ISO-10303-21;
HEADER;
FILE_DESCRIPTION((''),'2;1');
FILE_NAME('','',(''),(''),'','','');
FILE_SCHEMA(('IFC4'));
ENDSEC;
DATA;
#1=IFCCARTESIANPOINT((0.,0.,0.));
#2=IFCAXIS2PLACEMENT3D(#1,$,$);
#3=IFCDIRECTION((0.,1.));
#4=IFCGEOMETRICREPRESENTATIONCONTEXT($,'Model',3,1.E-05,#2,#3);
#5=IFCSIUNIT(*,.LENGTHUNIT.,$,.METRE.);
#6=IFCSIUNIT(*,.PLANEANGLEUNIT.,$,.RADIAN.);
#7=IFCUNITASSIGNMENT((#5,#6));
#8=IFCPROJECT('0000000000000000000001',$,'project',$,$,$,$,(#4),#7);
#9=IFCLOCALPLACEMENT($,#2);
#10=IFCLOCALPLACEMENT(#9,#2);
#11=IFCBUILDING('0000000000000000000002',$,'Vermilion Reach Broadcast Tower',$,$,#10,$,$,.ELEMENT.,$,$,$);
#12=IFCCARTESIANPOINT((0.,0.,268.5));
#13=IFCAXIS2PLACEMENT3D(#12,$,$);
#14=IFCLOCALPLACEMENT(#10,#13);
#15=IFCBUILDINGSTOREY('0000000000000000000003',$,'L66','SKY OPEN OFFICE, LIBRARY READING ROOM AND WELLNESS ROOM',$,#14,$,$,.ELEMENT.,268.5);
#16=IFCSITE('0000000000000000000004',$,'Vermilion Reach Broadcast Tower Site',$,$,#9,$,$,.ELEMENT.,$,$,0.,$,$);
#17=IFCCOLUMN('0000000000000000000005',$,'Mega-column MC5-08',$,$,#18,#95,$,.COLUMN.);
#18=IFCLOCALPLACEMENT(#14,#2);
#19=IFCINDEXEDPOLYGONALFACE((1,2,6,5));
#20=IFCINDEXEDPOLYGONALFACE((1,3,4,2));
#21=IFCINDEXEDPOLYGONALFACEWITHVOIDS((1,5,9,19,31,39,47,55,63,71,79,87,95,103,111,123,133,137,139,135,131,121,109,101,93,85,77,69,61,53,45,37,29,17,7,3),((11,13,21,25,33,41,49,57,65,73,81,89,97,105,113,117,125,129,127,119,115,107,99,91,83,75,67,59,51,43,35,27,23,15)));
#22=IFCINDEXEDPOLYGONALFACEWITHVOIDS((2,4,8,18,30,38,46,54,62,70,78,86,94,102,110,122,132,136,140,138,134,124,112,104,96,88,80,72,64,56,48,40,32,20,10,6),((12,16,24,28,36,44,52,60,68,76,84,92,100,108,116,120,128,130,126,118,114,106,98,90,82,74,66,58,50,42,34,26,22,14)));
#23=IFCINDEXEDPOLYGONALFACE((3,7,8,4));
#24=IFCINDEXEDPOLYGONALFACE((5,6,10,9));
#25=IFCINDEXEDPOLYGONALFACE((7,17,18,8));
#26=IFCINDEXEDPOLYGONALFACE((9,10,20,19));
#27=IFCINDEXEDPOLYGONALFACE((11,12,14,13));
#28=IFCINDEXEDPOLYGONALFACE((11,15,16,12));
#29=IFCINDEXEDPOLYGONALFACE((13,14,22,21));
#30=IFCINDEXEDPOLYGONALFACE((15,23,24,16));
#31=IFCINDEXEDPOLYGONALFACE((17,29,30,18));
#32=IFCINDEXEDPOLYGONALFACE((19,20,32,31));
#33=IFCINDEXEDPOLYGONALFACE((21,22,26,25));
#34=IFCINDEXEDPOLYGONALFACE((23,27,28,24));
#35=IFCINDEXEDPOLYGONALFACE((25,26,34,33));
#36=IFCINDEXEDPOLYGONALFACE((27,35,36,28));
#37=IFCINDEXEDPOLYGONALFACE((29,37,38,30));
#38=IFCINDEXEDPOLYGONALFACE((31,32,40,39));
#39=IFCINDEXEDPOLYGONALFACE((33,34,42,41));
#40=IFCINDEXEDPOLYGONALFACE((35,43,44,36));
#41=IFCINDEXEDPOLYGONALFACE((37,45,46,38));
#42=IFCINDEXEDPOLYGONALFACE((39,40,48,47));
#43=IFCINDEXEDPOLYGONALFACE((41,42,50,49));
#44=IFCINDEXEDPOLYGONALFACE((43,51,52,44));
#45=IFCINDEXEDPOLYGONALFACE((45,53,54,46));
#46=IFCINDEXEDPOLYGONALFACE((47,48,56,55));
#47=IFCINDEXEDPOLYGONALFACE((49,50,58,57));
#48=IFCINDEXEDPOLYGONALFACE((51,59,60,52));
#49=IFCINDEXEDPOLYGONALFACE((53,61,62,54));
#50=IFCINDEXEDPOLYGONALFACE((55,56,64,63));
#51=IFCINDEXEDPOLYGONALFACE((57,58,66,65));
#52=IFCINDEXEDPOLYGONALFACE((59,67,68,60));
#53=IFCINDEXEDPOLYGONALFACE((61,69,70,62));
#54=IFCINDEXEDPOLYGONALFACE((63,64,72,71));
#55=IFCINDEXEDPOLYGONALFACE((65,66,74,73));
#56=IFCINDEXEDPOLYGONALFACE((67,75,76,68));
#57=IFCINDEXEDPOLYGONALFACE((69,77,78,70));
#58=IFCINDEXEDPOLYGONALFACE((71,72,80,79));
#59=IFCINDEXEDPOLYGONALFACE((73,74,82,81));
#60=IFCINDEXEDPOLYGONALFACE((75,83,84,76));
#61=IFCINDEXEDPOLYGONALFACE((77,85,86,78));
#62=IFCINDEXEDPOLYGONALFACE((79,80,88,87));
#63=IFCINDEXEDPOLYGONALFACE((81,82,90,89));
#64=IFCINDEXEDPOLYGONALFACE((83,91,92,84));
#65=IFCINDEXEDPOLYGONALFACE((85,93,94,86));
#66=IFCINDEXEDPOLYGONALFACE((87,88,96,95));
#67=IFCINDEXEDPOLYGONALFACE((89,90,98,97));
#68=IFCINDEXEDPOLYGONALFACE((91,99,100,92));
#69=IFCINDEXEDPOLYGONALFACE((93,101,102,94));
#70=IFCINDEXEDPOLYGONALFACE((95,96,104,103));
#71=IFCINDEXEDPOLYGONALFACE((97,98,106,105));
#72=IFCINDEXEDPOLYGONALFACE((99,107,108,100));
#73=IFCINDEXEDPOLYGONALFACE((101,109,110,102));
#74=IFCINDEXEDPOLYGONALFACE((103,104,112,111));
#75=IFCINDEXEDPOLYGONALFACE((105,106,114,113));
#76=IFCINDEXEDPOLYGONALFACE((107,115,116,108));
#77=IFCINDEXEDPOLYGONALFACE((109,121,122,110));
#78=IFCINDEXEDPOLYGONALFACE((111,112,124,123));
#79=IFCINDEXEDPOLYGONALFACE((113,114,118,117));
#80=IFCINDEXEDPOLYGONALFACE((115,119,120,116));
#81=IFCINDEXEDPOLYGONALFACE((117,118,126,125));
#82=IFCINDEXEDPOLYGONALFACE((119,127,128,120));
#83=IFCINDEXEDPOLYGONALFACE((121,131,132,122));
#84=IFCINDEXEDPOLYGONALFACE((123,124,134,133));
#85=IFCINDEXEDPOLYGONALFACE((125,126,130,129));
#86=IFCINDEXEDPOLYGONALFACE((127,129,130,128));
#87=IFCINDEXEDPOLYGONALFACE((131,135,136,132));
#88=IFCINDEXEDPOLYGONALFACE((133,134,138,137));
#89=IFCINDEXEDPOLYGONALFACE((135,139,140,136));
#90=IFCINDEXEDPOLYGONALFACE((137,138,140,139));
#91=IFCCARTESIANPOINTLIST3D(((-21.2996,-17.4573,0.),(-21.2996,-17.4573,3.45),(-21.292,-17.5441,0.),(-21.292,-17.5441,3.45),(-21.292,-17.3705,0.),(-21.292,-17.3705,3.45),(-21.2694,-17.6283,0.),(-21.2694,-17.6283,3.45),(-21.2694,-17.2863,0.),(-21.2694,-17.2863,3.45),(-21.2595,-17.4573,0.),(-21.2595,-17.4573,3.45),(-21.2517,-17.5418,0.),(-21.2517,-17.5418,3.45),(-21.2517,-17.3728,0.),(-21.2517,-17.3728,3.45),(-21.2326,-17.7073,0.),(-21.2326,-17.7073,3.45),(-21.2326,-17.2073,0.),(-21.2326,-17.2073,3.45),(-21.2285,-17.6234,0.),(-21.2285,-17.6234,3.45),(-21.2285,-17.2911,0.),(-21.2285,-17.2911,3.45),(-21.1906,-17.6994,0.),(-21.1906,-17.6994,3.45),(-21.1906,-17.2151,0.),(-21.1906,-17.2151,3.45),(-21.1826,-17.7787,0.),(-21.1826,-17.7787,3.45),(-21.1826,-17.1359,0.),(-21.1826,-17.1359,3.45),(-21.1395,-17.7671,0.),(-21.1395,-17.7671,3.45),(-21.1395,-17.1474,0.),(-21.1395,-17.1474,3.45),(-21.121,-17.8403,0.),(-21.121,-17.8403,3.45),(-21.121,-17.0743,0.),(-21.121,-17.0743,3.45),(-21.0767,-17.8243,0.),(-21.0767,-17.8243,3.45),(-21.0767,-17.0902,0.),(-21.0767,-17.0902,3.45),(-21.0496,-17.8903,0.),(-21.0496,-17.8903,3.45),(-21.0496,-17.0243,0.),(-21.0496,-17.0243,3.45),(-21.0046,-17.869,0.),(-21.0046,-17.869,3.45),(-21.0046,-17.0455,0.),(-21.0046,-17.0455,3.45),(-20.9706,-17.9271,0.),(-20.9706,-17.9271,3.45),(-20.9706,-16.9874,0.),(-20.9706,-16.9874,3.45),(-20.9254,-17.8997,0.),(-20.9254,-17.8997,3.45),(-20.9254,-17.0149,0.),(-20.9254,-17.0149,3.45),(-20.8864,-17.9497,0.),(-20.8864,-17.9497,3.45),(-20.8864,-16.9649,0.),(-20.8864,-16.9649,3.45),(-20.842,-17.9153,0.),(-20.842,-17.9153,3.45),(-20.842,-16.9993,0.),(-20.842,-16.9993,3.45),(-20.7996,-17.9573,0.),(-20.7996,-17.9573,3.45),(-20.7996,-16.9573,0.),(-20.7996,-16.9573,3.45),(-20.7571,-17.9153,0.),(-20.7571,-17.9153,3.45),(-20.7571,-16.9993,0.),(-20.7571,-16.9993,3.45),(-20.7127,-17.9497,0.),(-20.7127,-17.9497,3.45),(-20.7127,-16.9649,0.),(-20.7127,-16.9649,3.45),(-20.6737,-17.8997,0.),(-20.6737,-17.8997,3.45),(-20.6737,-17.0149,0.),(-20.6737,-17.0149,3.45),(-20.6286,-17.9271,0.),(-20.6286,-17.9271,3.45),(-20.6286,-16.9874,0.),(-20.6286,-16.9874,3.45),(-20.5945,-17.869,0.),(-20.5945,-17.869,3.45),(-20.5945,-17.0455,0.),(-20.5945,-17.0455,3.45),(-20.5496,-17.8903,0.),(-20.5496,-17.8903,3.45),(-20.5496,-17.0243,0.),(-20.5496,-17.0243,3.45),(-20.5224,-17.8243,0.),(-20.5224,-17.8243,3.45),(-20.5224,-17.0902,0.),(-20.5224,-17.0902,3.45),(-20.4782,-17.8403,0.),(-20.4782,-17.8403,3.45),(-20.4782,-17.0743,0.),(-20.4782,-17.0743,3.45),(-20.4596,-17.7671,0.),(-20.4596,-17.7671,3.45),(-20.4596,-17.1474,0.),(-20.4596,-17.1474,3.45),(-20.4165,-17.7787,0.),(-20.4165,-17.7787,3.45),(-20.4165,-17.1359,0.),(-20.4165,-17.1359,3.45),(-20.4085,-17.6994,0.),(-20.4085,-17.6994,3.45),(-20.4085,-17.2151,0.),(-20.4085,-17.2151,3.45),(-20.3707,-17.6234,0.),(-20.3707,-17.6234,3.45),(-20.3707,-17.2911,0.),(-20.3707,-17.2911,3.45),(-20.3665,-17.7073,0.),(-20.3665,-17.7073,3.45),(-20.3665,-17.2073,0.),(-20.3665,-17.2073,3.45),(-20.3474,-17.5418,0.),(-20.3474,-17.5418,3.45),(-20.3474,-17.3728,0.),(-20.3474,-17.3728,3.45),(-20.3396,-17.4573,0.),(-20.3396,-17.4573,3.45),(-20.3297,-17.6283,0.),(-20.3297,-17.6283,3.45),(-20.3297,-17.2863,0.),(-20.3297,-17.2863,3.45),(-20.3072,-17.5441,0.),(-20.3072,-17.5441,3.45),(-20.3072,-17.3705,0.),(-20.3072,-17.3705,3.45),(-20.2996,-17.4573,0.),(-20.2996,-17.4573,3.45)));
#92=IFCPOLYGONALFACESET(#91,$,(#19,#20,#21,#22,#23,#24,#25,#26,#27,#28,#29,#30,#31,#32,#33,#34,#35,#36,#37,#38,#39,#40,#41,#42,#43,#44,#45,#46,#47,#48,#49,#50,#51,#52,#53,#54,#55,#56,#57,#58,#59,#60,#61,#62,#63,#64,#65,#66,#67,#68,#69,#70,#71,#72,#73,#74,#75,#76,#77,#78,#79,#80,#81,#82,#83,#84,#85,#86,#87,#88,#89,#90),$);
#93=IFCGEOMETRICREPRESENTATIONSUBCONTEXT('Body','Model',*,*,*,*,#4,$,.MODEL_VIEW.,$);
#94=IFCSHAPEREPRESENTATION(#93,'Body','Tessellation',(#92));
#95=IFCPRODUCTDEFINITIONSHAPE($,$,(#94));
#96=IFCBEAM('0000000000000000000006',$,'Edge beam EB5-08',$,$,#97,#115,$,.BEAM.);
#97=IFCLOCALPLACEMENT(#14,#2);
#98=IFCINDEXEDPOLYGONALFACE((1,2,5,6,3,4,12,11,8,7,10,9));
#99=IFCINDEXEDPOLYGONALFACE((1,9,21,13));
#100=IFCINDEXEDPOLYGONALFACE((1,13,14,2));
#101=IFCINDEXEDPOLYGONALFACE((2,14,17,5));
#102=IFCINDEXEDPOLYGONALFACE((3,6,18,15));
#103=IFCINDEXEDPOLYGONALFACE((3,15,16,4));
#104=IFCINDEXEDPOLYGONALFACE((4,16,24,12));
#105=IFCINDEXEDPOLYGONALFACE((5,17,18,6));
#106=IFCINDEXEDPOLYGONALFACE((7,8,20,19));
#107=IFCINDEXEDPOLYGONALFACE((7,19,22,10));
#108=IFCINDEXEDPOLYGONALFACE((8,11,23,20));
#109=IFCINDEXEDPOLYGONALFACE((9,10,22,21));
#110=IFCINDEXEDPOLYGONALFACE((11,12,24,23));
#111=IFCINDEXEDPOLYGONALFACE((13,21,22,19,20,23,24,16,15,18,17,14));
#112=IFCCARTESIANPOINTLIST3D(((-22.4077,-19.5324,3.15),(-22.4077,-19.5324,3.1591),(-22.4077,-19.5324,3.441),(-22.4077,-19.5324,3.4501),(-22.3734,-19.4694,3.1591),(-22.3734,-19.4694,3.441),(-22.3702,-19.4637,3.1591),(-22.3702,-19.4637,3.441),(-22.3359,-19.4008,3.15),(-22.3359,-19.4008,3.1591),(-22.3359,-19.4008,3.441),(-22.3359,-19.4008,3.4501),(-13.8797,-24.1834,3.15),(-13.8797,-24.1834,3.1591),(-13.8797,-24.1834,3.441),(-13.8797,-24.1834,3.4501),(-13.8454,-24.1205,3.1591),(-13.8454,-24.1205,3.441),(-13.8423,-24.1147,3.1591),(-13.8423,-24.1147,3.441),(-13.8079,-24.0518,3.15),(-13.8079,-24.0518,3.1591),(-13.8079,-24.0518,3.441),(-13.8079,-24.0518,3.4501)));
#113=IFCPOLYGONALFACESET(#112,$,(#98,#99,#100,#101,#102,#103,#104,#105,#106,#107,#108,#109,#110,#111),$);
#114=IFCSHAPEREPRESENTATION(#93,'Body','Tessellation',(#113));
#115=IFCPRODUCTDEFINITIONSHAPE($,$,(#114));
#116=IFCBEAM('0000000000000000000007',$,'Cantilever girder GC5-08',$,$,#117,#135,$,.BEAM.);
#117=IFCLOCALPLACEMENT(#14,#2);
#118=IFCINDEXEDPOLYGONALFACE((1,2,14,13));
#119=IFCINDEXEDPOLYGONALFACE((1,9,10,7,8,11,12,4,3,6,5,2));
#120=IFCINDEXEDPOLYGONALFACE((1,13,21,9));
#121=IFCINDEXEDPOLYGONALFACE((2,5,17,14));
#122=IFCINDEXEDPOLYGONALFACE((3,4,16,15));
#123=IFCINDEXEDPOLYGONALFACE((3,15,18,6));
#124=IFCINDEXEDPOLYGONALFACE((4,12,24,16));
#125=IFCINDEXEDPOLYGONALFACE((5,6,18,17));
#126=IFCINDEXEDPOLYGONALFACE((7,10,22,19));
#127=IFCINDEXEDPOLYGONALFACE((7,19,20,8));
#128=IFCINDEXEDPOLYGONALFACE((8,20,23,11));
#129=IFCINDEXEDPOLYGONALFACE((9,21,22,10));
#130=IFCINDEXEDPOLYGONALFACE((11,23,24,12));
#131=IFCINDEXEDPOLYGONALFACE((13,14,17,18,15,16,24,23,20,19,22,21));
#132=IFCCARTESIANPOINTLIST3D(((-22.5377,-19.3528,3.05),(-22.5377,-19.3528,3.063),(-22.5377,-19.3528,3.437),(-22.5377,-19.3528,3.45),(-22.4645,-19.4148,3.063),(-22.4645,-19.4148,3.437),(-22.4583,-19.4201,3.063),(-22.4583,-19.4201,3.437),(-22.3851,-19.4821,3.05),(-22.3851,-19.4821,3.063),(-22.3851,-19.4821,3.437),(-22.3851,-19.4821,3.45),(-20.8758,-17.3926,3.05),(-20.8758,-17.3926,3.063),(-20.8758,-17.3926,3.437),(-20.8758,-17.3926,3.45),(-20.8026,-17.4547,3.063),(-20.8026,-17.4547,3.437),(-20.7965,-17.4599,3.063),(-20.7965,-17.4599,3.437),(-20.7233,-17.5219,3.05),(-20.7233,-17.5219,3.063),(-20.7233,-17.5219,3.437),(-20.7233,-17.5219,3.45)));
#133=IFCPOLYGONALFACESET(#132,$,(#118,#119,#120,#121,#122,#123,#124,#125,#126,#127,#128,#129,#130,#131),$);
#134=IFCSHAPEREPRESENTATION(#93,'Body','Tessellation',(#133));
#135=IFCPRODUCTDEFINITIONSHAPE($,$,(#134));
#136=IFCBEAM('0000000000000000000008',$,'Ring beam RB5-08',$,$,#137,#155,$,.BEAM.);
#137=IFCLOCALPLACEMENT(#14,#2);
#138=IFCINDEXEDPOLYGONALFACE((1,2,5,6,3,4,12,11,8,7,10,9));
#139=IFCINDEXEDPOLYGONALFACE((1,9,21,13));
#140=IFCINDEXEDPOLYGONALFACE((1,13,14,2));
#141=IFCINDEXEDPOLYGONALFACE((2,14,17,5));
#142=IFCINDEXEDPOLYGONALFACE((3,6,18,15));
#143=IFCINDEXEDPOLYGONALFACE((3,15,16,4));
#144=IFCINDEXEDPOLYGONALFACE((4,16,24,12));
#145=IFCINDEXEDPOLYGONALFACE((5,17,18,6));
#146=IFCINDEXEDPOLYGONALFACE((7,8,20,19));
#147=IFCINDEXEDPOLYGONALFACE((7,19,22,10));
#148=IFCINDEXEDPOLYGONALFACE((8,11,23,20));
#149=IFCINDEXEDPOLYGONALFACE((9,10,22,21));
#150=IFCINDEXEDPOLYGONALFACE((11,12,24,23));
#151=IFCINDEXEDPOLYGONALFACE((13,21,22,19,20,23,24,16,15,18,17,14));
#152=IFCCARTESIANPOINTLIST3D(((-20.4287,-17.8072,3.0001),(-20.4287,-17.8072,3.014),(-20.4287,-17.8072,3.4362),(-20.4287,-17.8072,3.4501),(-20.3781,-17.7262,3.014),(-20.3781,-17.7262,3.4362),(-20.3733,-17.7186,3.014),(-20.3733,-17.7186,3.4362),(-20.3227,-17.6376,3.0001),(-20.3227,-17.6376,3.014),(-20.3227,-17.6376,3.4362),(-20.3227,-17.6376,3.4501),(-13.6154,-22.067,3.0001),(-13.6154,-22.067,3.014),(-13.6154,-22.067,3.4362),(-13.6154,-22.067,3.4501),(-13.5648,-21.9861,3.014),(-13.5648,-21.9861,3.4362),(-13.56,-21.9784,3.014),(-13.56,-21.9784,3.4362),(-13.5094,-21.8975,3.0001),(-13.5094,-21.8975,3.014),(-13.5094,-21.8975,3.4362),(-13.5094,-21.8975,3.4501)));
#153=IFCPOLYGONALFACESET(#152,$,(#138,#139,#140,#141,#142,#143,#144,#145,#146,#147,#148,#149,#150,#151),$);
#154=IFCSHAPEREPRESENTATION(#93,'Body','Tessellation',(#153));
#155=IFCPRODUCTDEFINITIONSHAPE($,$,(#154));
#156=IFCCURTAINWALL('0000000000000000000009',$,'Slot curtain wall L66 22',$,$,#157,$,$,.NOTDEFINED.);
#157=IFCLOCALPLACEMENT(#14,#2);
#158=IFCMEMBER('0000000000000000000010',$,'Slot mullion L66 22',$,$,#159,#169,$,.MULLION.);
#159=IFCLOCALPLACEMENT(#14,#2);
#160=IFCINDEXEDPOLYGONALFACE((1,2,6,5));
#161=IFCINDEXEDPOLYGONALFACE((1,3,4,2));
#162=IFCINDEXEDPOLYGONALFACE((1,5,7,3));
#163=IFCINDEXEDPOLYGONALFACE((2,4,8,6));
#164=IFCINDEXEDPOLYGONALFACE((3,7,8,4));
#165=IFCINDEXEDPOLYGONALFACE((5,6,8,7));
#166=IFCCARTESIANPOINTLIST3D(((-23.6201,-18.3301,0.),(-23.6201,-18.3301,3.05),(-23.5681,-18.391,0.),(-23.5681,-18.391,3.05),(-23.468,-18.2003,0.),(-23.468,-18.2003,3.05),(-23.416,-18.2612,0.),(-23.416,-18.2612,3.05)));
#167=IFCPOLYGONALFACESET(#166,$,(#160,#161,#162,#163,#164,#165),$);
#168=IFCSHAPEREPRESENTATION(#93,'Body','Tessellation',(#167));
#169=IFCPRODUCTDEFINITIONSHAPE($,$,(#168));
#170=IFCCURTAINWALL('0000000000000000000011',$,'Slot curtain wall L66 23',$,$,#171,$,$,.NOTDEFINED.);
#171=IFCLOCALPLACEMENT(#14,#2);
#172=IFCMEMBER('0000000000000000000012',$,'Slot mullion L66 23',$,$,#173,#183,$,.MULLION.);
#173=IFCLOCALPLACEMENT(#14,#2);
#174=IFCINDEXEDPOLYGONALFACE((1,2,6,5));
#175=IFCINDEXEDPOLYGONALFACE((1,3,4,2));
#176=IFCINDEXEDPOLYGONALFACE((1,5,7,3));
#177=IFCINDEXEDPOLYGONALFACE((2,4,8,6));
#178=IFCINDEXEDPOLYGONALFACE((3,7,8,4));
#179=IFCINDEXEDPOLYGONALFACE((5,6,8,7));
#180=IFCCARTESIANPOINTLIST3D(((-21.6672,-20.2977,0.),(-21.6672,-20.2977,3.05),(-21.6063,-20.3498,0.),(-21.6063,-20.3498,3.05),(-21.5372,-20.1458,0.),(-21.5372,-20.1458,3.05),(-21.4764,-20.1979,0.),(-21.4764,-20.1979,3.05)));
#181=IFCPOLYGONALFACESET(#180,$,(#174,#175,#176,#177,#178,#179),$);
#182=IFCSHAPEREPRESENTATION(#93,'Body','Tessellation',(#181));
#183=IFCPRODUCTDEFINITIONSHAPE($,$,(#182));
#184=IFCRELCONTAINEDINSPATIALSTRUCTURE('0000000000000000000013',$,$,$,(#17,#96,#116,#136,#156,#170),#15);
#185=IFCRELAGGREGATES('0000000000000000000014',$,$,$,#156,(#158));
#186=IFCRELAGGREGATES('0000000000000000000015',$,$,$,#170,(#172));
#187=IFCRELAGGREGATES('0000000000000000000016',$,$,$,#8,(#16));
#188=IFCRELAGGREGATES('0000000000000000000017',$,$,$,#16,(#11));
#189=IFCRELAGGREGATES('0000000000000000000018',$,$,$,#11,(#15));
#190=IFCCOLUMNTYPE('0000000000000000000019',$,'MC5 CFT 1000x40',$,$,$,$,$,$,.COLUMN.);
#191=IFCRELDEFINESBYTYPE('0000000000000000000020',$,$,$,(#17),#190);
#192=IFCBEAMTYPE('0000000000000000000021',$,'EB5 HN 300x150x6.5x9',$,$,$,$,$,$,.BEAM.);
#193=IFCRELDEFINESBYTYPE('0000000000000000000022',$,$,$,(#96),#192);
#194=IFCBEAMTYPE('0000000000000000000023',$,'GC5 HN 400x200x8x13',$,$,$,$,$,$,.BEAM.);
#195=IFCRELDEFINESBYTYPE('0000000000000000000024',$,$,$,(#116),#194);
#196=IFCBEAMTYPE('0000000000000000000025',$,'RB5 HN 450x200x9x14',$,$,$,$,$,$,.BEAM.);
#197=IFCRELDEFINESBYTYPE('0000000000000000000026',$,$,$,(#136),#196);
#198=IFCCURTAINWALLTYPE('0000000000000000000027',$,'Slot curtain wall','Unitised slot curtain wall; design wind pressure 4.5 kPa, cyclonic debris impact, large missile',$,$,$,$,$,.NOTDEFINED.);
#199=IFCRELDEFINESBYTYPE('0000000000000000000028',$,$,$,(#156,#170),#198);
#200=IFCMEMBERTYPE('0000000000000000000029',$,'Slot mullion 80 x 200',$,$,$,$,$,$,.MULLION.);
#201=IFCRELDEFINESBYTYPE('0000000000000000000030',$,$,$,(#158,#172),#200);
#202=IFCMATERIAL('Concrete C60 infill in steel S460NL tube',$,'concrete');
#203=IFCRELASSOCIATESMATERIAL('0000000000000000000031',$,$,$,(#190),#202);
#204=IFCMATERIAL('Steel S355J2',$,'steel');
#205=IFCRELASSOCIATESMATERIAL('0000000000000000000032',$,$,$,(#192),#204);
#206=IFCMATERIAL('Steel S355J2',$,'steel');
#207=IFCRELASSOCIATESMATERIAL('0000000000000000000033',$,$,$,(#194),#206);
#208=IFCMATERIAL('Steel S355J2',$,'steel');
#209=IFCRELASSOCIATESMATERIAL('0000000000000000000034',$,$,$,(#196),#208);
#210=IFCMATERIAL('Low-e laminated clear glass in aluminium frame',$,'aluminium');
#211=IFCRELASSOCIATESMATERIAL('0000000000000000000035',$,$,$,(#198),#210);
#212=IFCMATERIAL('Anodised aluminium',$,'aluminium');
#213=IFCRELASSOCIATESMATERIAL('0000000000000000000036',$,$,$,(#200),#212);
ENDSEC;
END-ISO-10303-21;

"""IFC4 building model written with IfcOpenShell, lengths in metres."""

from ifc_helpers import new_model, si_unit, direction, frame, origin, origin_2d, place, context, subcontext, project, spatial, rectangle, hollow_circle, i_section, extrude, material, material_profile, profile_set, type_object, element, aggregate, save


model = new_model("IFC4")

# Units and contexts
model_context = context("Model", 3, precision=1e-05, world=origin(), true_north=direction((0.0, 1.0)))
body_context = subcontext(model_context, "Body", "Model", "MODEL_VIEW")
ifc_project = project(units=[si_unit("LENGTHUNIT", "METRE"), si_unit("PLANEANGLEUNIT", "RADIAN")], contexts=[model_context])

# Site, building, storey
site_placement = place(None, origin())
site = spatial("IfcSite", under=ifc_project, at=site_placement, Name="Vermilion Reach Broadcast Tower Site", CompositionType="ELEMENT", RefElevation=0.0)
building_placement = place(site_placement, origin())
building = spatial("IfcBuilding", under=site, at=building_placement, Name="Vermilion Reach Broadcast Tower", CompositionType="ELEMENT")
storey_placement = place(building_placement, frame((0.0, 0.0, 268.5)))
storey = spatial("IfcBuildingStorey", under=building, at=storey_placement, Name="L66", Description="SKY OPEN OFFICE, LIBRARY READING ROOM AND WELLNESS ROOM", CompositionType="ELEMENT", Elevation=268.5)

# Column
ifc_material_1 = material(Name="Concrete C60 infill in steel S460NL tube", Category="concrete")
ifc_material_profile_1 = material_profile(ifc_material_1, hollow_circle(Radius=0.5, WallThickness=0.04, at=origin_2d()), Name="Concrete C60 infill in steel S460NL tube CFT 1000x40")
ifc_profile_set_1 = profile_set([ifc_material_profile_1], Name="Concrete C60 infill in steel S460NL tube")
column_type = type_object("IfcColumnType", Name="MC5 CFT 1000x40", PredefinedType="COLUMN", material=ifc_profile_set_1)
column_placement = place(storey_placement, frame((-20.7996, -17.4573, 0.0), z_axis=(0.0, 0.0, 1.0), x_axis=(1.0, 0.0, 0.0)))
element("IfcColumn", 1, at=column_placement, inside=storey, type_object=column_type, Name="Mega-column MC5-08", PredefinedType="COLUMN", context=body_context, shape_type="SweptSolid", body=[
    extrude(hollow_circle(Radius=0.5, WallThickness=0.04, at=origin_2d()), origin(), (0.0, 0.0, 1.0), 3.45),
])

# Beams
ifc_material_2 = material(Name="Steel S355J2", Category="steel")
ifc_material_profile_2 = material_profile(ifc_material_2, i_section(OverallWidth=0.1499, OverallDepth=0.3, WebThickness=0.0066, FlangeThickness=0.009, at=origin_2d()), Name="S355J2 HN 300x150x6.5x9")
ifc_profile_set_2 = profile_set([ifc_material_profile_2], Name="Steel S355J2")
beam_type_1 = type_object("IfcBeamType", Name="EB5 HN 300x150x6.5x9", PredefinedType="BEAM", material=ifc_profile_set_2)
beam_1_placement = place(storey_placement, frame((-22.3718, -19.4666, 3.3), z_axis=(0.87792, -0.478808, 0.0), x_axis=(0.478808, 0.87792, 0.0)))
element("IfcBeam", 2, at=beam_1_placement, inside=storey, type_object=beam_type_1, Name="Edge beam EB5-08", PredefinedType="BEAM", context=body_context, shape_type="SweptSolid", body=[
    extrude(i_section(OverallWidth=0.1499, OverallDepth=0.3, WebThickness=0.0066, FlangeThickness=0.009, at=origin_2d()), origin(), (0.0, 0.0, 1.0), 9.7139),
])
ifc_material_3 = material(Name="Steel S355J2", Category="steel")
ifc_material_profile_3 = material_profile(ifc_material_3, i_section(OverallWidth=0.2, OverallDepth=0.3999, WebThickness=0.0081, FlangeThickness=0.0129, at=origin_2d()), Name="S355J2 HN 400x200x8x13")
ifc_profile_set_3 = profile_set([ifc_material_profile_3], Name="Steel S355J2")
beam_type_2 = type_object("IfcBeamType", Name="GC5 HN 400x200x8x13", PredefinedType="BEAM", material=ifc_profile_set_3)
beam_2_placement = place(storey_placement, frame((-20.7996, -17.4573, 3.25), z_axis=(-0.646674, -0.762766, 0.0), x_axis=(0.762766, -0.646674, 0.0)))
element("IfcBeam", 3, at=beam_2_placement, inside=storey, type_object=beam_type_2, Name="Cantilever girder GC5-08", PredefinedType="BEAM", context=body_context, shape_type="SweptSolid", body=[
    extrude(i_section(OverallWidth=0.2, OverallDepth=0.3999, WebThickness=0.0081, FlangeThickness=0.0129, at=origin_2d()), origin(), (0.0, 0.0, 1.0), 2.5698),
])
ifc_material_4 = material(Name="Steel S355J2", Category="steel")
ifc_material_profile_4 = material_profile(ifc_material_4, i_section(OverallWidth=0.2, OverallDepth=0.45, WebThickness=0.009, FlangeThickness=0.0139, at=origin_2d()), Name="S355J2 HN 450x200x9x14")
ifc_profile_set_4 = profile_set([ifc_material_profile_4], Name="Steel S355J2")
beam_type_3 = type_object("IfcBeamType", Name="RB5 HN 450x200x9x14", PredefinedType="BEAM", material=ifc_profile_set_4)
beam_3_placement = place(storey_placement, frame((-20.3757, -17.7224, 3.2251), z_axis=(0.847915, -0.530133, 0.0), x_axis=(0.530133, 0.847915, 0.0)))
element("IfcBeam", 4, at=beam_3_placement, inside=storey, type_object=beam_type_3, Name="Ring beam RB5-08", PredefinedType="BEAM", context=body_context, shape_type="SweptSolid", body=[
    extrude(i_section(OverallWidth=0.2, OverallDepth=0.45, WebThickness=0.009, FlangeThickness=0.0139, at=origin_2d()), origin(), (0.0, 0.0, 1.0), 8.0354),
])

# Curtain walls, members
ifc_material_5 = material(Name="Low-e laminated clear glass in aluminium frame", Category="aluminium")
curtain_wall_type = type_object("IfcCurtainWallType", Name="Slot curtain wall", Description="Unitised slot curtain wall; design wind pressure 4.5 kPa, cyclonic debris impact, large missile", PredefinedType="NOTDEFINED", material=ifc_material_5)
placement = place(storey_placement, origin())
curtain_wall_1 = element("IfcCurtainWall", 5, at=placement, inside=storey, type_object=curtain_wall_type, Name="Slot curtain wall L66 22", PredefinedType="NOTDEFINED")
ifc_material_6 = material(Name="Anodised aluminium", Category="aluminium")
ifc_material_profile_5 = material_profile(ifc_material_6, rectangle(XDim=0.2, YDim=0.0801, at=origin_2d()), Name="Slot mullion 80 x 200")
ifc_profile_set_5 = profile_set([ifc_material_profile_5], Name="Anodised aluminium")
member_type_1 = type_object("IfcMemberType", Name="Slot mullion 80 x 200", PredefinedType="MULLION", material=ifc_profile_set_5)
member_1_placement = place(storey_placement, frame((-23.5181, -18.2957, 0.0), z_axis=(0.0, 0.0, 1.0), x_axis=(0.760559, 0.649269, 0.0)))
member_1 = element("IfcMember", 6, at=member_1_placement, type_object=member_type_1, Name="Slot mullion L66 22", PredefinedType="MULLION", context=body_context, shape_type="SweptSolid", body=[
    extrude(rectangle(XDim=0.2, YDim=0.0801, at=origin_2d()), origin(), (0.0, 0.0, 1.0), 3.05),
])
curtain_wall_2 = element("IfcCurtainWall", 7, at=placement, inside=storey, type_object=curtain_wall_type, Name="Slot curtain wall L66 23", PredefinedType="NOTDEFINED")
member_2_placement = place(storey_placement, frame((-21.5718, -20.2478, 0.0), z_axis=(0.0, 0.0, 1.0), x_axis=(0.650097, 0.759851, 0.0)))
member_2 = element("IfcMember", 8, at=member_2_placement, type_object=member_type_1, Name="Slot mullion L66 23", PredefinedType="MULLION", context=body_context, shape_type="SweptSolid", body=[
    extrude(rectangle(XDim=0.2, YDim=0.0801, at=origin_2d()), origin(), (0.0, 0.0, 1.0), 3.05),
])

aggregate(curtain_wall_1, [member_1])
aggregate(curtain_wall_2, [member_2])

save(model, "model.ifc")
